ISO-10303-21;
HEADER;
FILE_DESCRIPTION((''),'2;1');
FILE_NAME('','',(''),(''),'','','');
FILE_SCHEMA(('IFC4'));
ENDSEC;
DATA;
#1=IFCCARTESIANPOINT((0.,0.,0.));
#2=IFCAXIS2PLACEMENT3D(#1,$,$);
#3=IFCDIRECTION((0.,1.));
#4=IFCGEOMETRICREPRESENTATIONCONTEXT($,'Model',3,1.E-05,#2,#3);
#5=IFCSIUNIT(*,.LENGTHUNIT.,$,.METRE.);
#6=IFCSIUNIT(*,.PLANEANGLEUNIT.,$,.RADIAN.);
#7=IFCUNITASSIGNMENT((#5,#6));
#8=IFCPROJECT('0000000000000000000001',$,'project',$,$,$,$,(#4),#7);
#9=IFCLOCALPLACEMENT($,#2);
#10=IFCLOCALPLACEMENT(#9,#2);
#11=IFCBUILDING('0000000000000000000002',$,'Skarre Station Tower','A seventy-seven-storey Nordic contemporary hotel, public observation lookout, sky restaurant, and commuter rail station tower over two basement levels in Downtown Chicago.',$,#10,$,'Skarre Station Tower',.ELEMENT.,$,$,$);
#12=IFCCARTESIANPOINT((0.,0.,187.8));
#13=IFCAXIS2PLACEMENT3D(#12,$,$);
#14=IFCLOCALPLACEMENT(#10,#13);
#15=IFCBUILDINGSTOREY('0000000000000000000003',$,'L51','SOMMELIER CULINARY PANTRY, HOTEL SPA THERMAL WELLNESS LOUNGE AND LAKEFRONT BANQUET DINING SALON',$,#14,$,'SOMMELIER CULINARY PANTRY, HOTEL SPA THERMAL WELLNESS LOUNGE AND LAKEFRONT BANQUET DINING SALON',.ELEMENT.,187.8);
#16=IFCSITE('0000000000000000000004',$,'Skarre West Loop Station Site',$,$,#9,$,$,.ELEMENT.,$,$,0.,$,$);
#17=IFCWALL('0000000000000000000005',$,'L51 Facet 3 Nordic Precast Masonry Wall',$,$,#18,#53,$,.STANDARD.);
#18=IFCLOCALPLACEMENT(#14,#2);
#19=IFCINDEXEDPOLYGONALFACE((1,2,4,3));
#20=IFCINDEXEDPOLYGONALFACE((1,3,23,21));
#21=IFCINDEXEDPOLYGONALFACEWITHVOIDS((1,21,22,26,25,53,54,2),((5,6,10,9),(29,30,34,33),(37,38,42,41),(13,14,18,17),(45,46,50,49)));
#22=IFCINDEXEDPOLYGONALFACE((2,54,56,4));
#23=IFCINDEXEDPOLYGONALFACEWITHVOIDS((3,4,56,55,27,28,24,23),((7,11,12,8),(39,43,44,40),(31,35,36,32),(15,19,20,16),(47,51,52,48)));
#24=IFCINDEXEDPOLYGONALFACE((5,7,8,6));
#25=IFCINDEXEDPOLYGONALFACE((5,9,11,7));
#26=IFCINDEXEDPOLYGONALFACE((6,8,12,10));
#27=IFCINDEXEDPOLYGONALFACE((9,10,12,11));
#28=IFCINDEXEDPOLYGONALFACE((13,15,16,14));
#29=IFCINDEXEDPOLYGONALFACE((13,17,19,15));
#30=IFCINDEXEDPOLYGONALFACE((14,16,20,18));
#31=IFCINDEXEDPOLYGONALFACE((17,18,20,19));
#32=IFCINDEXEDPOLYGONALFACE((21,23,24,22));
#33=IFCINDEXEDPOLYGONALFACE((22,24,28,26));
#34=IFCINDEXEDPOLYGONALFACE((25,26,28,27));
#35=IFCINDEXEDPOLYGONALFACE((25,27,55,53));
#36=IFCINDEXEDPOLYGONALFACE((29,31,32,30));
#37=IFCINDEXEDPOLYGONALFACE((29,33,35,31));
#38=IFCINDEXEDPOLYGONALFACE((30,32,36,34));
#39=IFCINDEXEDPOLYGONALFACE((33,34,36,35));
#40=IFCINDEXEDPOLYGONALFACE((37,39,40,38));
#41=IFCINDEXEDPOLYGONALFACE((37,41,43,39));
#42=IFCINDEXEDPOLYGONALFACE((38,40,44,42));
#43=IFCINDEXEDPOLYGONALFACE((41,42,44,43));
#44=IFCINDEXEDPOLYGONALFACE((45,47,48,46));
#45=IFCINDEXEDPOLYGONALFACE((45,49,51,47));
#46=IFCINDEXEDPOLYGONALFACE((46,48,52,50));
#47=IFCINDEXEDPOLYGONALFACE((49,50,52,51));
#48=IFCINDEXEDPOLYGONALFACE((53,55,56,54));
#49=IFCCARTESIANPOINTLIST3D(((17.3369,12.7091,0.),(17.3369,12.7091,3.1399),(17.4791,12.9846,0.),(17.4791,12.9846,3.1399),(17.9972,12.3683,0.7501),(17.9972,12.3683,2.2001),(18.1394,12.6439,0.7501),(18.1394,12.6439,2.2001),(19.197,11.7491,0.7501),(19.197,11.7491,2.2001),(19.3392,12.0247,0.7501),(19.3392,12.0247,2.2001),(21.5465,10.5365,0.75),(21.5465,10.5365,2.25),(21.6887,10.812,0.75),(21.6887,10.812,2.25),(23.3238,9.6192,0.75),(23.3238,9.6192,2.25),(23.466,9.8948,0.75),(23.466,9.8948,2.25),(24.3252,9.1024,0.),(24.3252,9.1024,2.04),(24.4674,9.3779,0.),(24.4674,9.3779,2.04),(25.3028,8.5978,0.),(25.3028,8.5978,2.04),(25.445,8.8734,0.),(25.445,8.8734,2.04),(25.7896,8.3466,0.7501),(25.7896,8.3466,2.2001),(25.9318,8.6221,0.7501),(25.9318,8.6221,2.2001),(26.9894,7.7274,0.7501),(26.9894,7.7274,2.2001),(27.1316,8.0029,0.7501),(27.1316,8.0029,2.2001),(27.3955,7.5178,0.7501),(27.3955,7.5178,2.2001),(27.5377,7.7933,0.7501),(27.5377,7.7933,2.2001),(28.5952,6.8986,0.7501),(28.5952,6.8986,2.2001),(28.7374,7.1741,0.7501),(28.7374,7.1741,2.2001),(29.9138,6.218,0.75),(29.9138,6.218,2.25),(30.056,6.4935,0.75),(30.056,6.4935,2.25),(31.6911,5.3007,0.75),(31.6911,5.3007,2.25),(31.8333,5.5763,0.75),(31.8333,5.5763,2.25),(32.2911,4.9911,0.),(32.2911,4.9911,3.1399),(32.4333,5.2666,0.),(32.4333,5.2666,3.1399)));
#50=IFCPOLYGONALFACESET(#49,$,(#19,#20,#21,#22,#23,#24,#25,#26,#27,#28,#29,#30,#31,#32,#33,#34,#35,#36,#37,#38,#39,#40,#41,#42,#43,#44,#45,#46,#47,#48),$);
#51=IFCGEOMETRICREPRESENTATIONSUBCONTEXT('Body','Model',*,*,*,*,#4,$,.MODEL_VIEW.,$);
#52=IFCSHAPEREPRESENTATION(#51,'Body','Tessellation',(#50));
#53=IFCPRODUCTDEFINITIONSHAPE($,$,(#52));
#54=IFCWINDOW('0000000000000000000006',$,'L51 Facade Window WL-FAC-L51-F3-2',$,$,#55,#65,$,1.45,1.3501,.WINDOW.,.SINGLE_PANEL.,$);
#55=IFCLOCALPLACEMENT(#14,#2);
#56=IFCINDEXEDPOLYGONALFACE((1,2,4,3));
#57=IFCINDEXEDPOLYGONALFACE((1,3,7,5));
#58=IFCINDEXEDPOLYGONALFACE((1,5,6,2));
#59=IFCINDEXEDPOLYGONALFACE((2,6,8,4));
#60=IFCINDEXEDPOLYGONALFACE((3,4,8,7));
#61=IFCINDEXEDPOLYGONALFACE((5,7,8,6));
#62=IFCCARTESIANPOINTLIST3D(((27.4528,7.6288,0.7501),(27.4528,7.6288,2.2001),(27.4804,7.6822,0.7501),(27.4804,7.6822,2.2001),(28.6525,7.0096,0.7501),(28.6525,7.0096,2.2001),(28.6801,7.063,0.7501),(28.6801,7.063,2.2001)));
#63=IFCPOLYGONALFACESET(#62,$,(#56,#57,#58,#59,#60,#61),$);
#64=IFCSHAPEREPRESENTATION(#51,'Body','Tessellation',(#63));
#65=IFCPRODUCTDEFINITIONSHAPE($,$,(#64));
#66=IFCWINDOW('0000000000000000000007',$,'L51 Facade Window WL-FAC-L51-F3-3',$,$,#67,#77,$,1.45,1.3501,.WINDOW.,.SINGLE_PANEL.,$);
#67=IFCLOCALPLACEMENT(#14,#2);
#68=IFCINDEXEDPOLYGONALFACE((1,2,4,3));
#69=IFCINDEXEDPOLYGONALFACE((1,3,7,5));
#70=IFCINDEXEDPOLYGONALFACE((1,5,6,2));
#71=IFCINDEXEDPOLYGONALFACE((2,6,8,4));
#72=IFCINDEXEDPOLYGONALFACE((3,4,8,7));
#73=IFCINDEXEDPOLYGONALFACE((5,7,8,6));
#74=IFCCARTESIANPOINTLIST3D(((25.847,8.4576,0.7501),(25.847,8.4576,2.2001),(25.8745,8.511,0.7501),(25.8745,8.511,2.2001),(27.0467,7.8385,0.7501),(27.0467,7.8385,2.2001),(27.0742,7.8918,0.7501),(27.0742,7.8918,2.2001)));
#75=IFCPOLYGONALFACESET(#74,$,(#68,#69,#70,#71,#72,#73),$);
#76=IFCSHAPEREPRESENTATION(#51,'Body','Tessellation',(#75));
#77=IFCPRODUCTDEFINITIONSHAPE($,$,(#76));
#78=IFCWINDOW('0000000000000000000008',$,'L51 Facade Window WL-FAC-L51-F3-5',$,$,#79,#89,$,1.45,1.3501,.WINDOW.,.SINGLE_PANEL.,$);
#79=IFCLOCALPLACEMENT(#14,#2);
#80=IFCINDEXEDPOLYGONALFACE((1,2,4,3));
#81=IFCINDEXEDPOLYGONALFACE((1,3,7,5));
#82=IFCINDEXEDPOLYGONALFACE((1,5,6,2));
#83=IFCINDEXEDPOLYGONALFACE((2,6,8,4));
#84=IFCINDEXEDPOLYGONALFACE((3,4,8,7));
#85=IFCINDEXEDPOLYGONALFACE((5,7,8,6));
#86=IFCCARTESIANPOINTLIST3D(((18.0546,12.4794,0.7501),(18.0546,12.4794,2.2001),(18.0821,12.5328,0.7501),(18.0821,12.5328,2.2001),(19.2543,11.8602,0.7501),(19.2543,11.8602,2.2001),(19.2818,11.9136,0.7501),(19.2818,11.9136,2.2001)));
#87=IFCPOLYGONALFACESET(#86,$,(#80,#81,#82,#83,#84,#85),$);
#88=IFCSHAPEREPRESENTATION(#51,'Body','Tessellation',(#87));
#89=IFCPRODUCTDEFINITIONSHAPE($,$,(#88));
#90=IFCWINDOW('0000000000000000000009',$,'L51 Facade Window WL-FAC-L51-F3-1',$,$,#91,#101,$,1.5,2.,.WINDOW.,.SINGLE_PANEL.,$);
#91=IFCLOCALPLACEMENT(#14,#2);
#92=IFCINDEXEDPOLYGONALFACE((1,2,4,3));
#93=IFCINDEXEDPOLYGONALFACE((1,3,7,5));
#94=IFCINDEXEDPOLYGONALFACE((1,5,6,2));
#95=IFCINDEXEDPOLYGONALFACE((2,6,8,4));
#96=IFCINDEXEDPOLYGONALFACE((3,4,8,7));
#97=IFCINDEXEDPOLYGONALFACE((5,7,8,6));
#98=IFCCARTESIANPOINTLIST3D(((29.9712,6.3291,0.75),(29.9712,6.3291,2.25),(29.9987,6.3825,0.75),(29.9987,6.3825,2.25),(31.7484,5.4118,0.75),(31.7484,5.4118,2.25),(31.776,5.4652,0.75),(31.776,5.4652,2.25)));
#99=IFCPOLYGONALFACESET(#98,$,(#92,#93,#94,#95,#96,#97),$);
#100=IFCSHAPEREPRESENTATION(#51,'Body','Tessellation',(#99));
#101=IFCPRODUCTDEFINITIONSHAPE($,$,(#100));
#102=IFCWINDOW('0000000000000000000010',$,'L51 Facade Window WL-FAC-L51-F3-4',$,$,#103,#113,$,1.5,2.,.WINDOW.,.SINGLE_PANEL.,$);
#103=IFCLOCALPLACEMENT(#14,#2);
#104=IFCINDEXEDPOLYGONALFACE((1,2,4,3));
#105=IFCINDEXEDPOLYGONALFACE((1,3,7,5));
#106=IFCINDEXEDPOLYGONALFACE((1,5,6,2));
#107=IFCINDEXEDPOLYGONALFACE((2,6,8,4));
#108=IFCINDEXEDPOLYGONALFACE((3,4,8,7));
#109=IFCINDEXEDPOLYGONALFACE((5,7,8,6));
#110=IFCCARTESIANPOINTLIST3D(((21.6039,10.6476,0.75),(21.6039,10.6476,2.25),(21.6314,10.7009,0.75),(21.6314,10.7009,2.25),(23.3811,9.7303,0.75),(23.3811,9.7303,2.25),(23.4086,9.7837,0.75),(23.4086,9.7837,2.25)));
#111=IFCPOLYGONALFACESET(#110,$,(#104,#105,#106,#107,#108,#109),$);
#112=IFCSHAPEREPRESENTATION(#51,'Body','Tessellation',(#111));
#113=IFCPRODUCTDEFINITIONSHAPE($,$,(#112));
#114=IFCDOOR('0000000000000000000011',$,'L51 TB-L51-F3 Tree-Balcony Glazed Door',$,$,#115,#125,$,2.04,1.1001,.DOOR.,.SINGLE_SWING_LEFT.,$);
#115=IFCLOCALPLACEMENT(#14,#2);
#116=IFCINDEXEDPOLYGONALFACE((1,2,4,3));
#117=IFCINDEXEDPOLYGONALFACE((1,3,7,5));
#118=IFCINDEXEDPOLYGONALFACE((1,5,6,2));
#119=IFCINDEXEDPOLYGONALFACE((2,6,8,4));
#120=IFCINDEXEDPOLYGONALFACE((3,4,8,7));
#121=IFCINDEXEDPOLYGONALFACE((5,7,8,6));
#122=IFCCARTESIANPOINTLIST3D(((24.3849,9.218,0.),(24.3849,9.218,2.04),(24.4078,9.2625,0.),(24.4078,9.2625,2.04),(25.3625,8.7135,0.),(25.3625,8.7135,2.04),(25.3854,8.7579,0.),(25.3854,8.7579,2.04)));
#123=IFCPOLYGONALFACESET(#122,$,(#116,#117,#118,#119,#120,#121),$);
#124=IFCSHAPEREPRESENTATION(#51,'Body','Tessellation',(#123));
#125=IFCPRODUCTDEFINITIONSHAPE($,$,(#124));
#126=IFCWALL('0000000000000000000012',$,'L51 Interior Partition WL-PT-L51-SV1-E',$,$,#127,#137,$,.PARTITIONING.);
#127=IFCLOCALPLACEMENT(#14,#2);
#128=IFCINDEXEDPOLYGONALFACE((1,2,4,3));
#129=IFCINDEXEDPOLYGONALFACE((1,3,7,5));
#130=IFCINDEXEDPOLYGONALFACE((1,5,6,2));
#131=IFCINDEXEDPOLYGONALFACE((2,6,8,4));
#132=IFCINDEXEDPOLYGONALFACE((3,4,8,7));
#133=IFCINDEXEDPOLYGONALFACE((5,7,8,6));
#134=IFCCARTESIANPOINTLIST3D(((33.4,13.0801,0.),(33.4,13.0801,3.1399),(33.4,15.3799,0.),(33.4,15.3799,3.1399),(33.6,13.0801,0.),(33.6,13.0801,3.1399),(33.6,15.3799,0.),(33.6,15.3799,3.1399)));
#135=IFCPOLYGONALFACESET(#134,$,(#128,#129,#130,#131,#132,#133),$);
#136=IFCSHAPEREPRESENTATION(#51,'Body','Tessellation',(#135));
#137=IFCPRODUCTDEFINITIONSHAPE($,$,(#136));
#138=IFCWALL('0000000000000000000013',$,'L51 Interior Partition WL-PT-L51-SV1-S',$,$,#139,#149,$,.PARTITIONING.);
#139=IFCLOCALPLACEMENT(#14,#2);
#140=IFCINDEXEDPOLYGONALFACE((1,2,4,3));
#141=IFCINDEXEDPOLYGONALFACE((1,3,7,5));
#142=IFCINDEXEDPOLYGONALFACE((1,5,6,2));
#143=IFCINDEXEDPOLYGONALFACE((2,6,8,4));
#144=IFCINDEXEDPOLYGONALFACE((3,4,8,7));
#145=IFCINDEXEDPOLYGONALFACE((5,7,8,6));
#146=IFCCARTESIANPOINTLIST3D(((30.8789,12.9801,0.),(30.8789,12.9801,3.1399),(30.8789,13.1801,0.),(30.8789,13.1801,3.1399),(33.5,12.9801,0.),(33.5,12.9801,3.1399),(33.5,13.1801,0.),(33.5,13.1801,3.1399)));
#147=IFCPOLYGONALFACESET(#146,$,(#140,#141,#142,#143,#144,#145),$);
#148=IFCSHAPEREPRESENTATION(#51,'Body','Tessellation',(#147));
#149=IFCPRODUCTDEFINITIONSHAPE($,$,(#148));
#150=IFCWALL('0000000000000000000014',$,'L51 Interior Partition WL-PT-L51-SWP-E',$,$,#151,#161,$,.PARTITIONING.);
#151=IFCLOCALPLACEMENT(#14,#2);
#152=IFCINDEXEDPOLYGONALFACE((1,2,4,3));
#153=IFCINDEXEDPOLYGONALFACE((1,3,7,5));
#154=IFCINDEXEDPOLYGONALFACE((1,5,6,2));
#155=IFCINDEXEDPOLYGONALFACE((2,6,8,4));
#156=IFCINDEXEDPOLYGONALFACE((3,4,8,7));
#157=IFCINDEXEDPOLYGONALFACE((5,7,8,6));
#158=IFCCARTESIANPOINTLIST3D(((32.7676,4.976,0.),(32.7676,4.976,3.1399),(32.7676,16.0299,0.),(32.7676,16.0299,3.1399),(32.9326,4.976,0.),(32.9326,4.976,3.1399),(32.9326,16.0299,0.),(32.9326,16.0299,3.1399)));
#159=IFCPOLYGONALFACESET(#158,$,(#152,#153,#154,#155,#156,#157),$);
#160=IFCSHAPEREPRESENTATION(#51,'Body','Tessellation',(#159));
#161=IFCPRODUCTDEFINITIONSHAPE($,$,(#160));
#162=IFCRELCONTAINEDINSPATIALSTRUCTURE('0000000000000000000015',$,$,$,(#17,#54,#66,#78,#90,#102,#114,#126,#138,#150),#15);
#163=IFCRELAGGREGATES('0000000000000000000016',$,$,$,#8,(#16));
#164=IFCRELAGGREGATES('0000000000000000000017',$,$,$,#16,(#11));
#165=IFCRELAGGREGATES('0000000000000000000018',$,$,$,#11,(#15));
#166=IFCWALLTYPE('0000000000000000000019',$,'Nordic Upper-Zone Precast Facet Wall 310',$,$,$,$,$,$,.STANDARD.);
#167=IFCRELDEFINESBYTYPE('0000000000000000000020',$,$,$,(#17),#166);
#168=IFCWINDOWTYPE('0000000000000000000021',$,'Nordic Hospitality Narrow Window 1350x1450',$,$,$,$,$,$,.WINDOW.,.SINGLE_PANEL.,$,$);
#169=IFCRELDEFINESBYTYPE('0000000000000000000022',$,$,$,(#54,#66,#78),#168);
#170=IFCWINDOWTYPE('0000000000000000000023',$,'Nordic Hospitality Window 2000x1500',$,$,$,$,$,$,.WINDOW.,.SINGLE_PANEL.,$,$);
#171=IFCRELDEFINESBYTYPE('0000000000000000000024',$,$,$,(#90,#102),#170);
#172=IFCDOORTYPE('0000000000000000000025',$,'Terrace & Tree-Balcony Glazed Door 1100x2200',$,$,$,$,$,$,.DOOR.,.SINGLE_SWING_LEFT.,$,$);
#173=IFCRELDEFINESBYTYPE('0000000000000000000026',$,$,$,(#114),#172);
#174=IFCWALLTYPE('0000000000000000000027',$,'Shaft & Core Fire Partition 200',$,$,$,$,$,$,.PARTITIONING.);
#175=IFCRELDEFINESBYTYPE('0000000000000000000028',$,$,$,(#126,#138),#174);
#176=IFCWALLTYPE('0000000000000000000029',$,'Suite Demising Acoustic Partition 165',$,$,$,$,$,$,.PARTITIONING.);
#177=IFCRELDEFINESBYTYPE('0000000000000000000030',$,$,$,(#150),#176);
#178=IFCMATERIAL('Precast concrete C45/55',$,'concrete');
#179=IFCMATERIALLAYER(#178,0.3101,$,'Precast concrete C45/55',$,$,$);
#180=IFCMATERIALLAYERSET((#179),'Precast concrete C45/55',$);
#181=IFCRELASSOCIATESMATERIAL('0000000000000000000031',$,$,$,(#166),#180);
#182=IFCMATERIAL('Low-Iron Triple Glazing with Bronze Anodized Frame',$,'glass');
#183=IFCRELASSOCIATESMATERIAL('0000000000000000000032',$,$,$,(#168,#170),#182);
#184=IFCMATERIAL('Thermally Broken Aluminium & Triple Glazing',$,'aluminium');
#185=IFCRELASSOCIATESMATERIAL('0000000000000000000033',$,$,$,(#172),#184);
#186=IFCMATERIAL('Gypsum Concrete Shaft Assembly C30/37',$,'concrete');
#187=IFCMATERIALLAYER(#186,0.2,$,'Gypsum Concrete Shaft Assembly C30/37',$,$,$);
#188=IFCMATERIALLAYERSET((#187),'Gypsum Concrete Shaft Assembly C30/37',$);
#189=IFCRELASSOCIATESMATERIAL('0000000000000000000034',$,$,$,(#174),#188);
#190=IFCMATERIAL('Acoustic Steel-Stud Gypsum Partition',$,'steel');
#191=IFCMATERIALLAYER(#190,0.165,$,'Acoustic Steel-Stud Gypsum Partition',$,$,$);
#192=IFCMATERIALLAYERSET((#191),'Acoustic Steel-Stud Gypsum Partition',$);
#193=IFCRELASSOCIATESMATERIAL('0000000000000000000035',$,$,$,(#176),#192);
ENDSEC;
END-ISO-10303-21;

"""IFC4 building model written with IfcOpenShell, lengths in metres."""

from ifc_helpers import new_model, si_unit, direction, frame, frame_2d, origin, place, context, subcontext, project, spatial, rectangle, extrude, material, layer, layer_set, type_object, element, fill, save


model = new_model("IFC4")

# Units and contexts
model_context = context("Model", 3, precision=1e-05, world=origin(), true_north=direction((0.0, 1.0)))
body_context = subcontext(model_context, "Body", "Model", "MODEL_VIEW")
ifc_project = project(units=[si_unit("LENGTHUNIT", "METRE"), si_unit("PLANEANGLEUNIT", "RADIAN")], contexts=[model_context])

# Site, building, storey
site_placement = place(None, origin())
site = spatial("IfcSite", under=ifc_project, at=site_placement, Name="Skarre West Loop Station Site", CompositionType="ELEMENT", RefElevation=0.0)
building_placement = place(site_placement, origin())
building = spatial("IfcBuilding", under=site, at=building_placement, Name="Skarre Station Tower", Description="A seventy-seven-storey Nordic contemporary hotel, public observation lookout, sky restaurant, and commuter rail station tower over two basement levels in Downtown Chicago.", LongName="Skarre Station Tower", CompositionType="ELEMENT")
storey_placement = place(building_placement, frame((0.0, 0.0, 187.8)))
storey = spatial("IfcBuildingStorey", under=building, at=storey_placement, Name="L51", Description="SOMMELIER CULINARY PANTRY, HOTEL SPA THERMAL WELLNESS LOUNGE AND LAKEFRONT BANQUET DINING SALON", LongName="SOMMELIER CULINARY PANTRY, HOTEL SPA THERMAL WELLNESS LOUNGE AND LAKEFRONT BANQUET DINING SALON", CompositionType="ELEMENT", Elevation=187.8)

# Shared definitions
ifc_material_1 = material(Name="Precast concrete C45/55", Category="concrete")

# Wall, openings, windows, door
ifc_layer_1 = layer(ifc_material_1, 0.3101, Name="Precast concrete C45/55")
ifc_layer_set_1 = layer_set([ifc_layer_1], Name="Precast concrete C45/55")
wall_type_1 = type_object("IfcWallType", Name="Nordic Upper-Zone Precast Facet Wall 310", PredefinedType="STANDARD", material=ifc_layer_set_1)
wall_1_placement = place(storey_placement, frame((32.3621, 5.1289, 0.0), z_axis=(0.0, 0.0, 1.0), x_axis=(-0.888626, 0.458632, 0.0)))
wall_1 = element("IfcWall", 1, at=wall_1_placement, inside=storey, type_object=wall_type_1, Name="L51 Facet 3 Nordic Precast Masonry Wall", PredefinedType="STANDARD", context=body_context, shape_type="SweptSolid", body=[
    extrude(rectangle(XDim=16.8284, YDim=0.3101, at=frame_2d((8.4141, 0.0))), origin(), (0.0, 0.0, 1.0), 3.1399),
])
opening_1_placement = place(wall_1_placement, frame((7.864, 0.0, 0.0)))
opening_1 = element("IfcOpeningElement", 2, at=opening_1_placement, cuts=wall_1, PredefinedType="OPENING", context=body_context, shape_type="SweptSolid", body=[
    extrude(rectangle(XDim=1.1001, YDim=2.04, at=frame_2d((0.55, 1.02))), frame((0.0, 0.165, 0.0), z_axis=(0.0, -1.0, 0.0), x_axis=(1.0, 0.0, 0.0)), (0.0, 0.0, 1.0), 0.3301),
])
opening_2_placement = place(wall_1_placement, frame((0.675, 0.0, 0.75)))
opening_2 = element("IfcOpeningElement", 3, at=opening_2_placement, cuts=wall_1, PredefinedType="OPENING", context=body_context, shape_type="SweptSolid", body=[
    extrude(rectangle(XDim=2.0, YDim=1.5, at=frame_2d((1.0, 0.75))), frame((0.0, 0.165, 0.0), z_axis=(0.0, -1.0, 0.0), x_axis=(1.0, 0.0, 0.0)), (0.0, 0.0, 1.0), 0.3301),
])
opening_3_placement = place(wall_1_placement, frame((4.1589, 0.0, 0.75)))
opening_3 = element("IfcOpeningElement", 4, at=opening_3_placement, cuts=wall_1, PredefinedType="OPENING", context=body_context, shape_type="SweptSolid", body=[
    extrude(rectangle(XDim=1.3501, YDim=1.45, at=frame_2d((0.675, 0.7251))), frame((0.0, 0.165, 0.0), z_axis=(0.0, -1.0, 0.0), x_axis=(1.0, 0.0, 0.0)), (0.0, 0.0, 1.0), 0.3301),
])
opening_4_placement = place(wall_1_placement, frame((5.9661, 0.0, 0.75)))
opening_4 = element("IfcOpeningElement", 5, at=opening_4_placement, cuts=wall_1, PredefinedType="OPENING", context=body_context, shape_type="SweptSolid", body=[
    extrude(rectangle(XDim=1.3501, YDim=1.45, at=frame_2d((0.675, 0.7251))), frame((0.0, 0.165, 0.0), z_axis=(0.0, -1.0, 0.0), x_axis=(1.0, 0.0, 0.0)), (0.0, 0.0, 1.0), 0.3301),
])
opening_5_placement = place(wall_1_placement, frame((10.0911, 0.0, 0.75)))
opening_5 = element("IfcOpeningElement", 6, at=opening_5_placement, cuts=wall_1, PredefinedType="OPENING", context=body_context, shape_type="SweptSolid", body=[
    extrude(rectangle(XDim=2.0, YDim=1.5, at=frame_2d((1.0, 0.75))), frame((0.0, 0.165, 0.0), z_axis=(0.0, -1.0, 0.0), x_axis=(1.0, 0.0, 0.0)), (0.0, 0.0, 1.0), 0.3301),
])
opening_6_placement = place(wall_1_placement, frame((14.7351, 0.0, 0.75)))
opening_6 = element("IfcOpeningElement", 7, at=opening_6_placement, cuts=wall_1, PredefinedType="OPENING", context=body_context, shape_type="SweptSolid", body=[
    extrude(rectangle(XDim=1.3501, YDim=1.45, at=frame_2d((0.675, 0.7251))), frame((0.0, 0.165, 0.0), z_axis=(0.0, -1.0, 0.0), x_axis=(1.0, 0.0, 0.0)), (0.0, 0.0, 1.0), 0.3301),
])
ifc_material_2 = material(Name="Low-Iron Triple Glazing with Bronze Anodized Frame", Category="glass")
window_type_1 = type_object("IfcWindowType", Name="Nordic Hospitality Narrow Window 1350x1450", PartitioningType="SINGLE_PANEL", PredefinedType="WINDOW", material=ifc_material_2)
window_1_placement = place(opening_3_placement, origin())
window_1 = element("IfcWindow", 8, at=window_1_placement, inside=storey, type_object=window_type_1, Name="L51 Facade Window WL-FAC-L51-F3-2", OverallHeight=1.45, OverallWidth=1.3501, PartitioningType="SINGLE_PANEL", PredefinedType="WINDOW", context=body_context, shape_type="SweptSolid", body=[
    extrude(rectangle(XDim=1.3501, YDim=1.45, at=frame_2d((0.675, 0.7251))), frame((0.0, 0.03, 0.0), z_axis=(0.0, -1.0, 0.0), x_axis=(1.0, 0.0, 0.0)), (0.0, 0.0, 1.0), 0.0601),
])
fill(opening_3, window_1)
window_2_placement = place(opening_4_placement, origin())
window_2 = element("IfcWindow", 9, at=window_2_placement, inside=storey, type_object=window_type_1, Name="L51 Facade Window WL-FAC-L51-F3-3", OverallHeight=1.45, OverallWidth=1.3501, PartitioningType="SINGLE_PANEL", PredefinedType="WINDOW", context=body_context, shape_type="SweptSolid", body=[
    extrude(rectangle(XDim=1.3501, YDim=1.45, at=frame_2d((0.675, 0.7251))), frame((0.0, 0.03, 0.0), z_axis=(0.0, -1.0, 0.0), x_axis=(1.0, 0.0, 0.0)), (0.0, 0.0, 1.0), 0.0601),
])
fill(opening_4, window_2)
window_3_placement = place(opening_6_placement, origin())
window_3 = element("IfcWindow", 10, at=window_3_placement, inside=storey, type_object=window_type_1, Name="L51 Facade Window WL-FAC-L51-F3-5", OverallHeight=1.45, OverallWidth=1.3501, PartitioningType="SINGLE_PANEL", PredefinedType="WINDOW", context=body_context, shape_type="SweptSolid", body=[
    extrude(rectangle(XDim=1.3501, YDim=1.45, at=frame_2d((0.675, 0.7251))), frame((0.0, 0.03, 0.0), z_axis=(0.0, -1.0, 0.0), x_axis=(1.0, 0.0, 0.0)), (0.0, 0.0, 1.0), 0.0601),
])
fill(opening_6, window_3)
window_type_2 = type_object("IfcWindowType", Name="Nordic Hospitality Window 2000x1500", PartitioningType="SINGLE_PANEL", PredefinedType="WINDOW", material=ifc_material_2)
window_4_placement = place(opening_2_placement, origin())
window_4 = element("IfcWindow", 11, at=window_4_placement, inside=storey, type_object=window_type_2, Name="L51 Facade Window WL-FAC-L51-F3-1", OverallHeight=1.5, OverallWidth=2.0, PartitioningType="SINGLE_PANEL", PredefinedType="WINDOW", context=body_context, shape_type="SweptSolid", body=[
    extrude(rectangle(XDim=2.0, YDim=1.5, at=frame_2d((1.0, 0.75))), frame((0.0, 0.03, 0.0), z_axis=(0.0, -1.0, 0.0), x_axis=(1.0, 0.0, 0.0)), (0.0, 0.0, 1.0), 0.0601),
])
fill(opening_2, window_4)
window_5_placement = place(opening_5_placement, origin())
window_5 = element("IfcWindow", 12, at=window_5_placement, inside=storey, type_object=window_type_2, Name="L51 Facade Window WL-FAC-L51-F3-4", OverallHeight=1.5, OverallWidth=2.0, PartitioningType="SINGLE_PANEL", PredefinedType="WINDOW", context=body_context, shape_type="SweptSolid", body=[
    extrude(rectangle(XDim=2.0, YDim=1.5, at=frame_2d((1.0, 0.75))), frame((0.0, 0.03, 0.0), z_axis=(0.0, -1.0, 0.0), x_axis=(1.0, 0.0, 0.0)), (0.0, 0.0, 1.0), 0.0601),
])
fill(opening_5, window_5)
ifc_material_3 = material(Name="Thermally Broken Aluminium & Triple Glazing", Category="aluminium")
door_type = type_object("IfcDoorType", Name="Terrace & Tree-Balcony Glazed Door 1100x2200", OperationType="SINGLE_SWING_LEFT", PredefinedType="DOOR", material=ifc_material_3)
door_placement = place(opening_1_placement, origin())
door = element("IfcDoor", 13, at=door_placement, inside=storey, type_object=door_type, Name="L51 TB-L51-F3 Tree-Balcony Glazed Door", OperationType="SINGLE_SWING_LEFT", OverallHeight=2.04, OverallWidth=1.1001, PredefinedType="DOOR", context=body_context, shape_type="SweptSolid", body=[
    extrude(rectangle(XDim=1.1001, YDim=2.04, at=frame_2d((0.55, 1.02))), frame((0.0, 0.0249, 0.0), z_axis=(0.0, -1.0, 0.0), x_axis=(1.0, 0.0, 0.0)), (0.0, 0.0, 1.0), 0.05),
])
fill(opening_1, door)

# Walls
ifc_material_4 = material(Name="Gypsum Concrete Shaft Assembly C30/37", Category="concrete")
ifc_layer_2 = layer(ifc_material_4, 0.2, Name="Gypsum Concrete Shaft Assembly C30/37")
ifc_layer_set_2 = layer_set([ifc_layer_2], Name="Gypsum Concrete Shaft Assembly C30/37")
wall_type_2 = type_object("IfcWallType", Name="Shaft & Core Fire Partition 200", PredefinedType="PARTITIONING", material=ifc_layer_set_2)
wall_2_placement = place(storey_placement, frame((33.5, 13.0801, 0.0), z_axis=(0.0, 0.0, 1.0), x_axis=(0.0, 1.0, 0.0)))
element("IfcWall", 14, at=wall_2_placement, inside=storey, type_object=wall_type_2, Name="L51 Interior Partition WL-PT-L51-SV1-E", PredefinedType="PARTITIONING", context=body_context, shape_type="SweptSolid", body=[
    extrude(rectangle(XDim=2.2998, YDim=0.2, at=frame_2d((1.1499, 0.0))), origin(), (0.0, 0.0, 1.0), 3.1399),
])
wall_3_placement = place(storey_placement, frame((30.8789, 13.0801, 0.0), z_axis=(0.0, 0.0, 1.0), x_axis=(1.0, 0.0, 0.0)))
element("IfcWall", 15, at=wall_3_placement, inside=storey, type_object=wall_type_2, Name="L51 Interior Partition WL-PT-L51-SV1-S", PredefinedType="PARTITIONING", context=body_context, shape_type="SweptSolid", body=[
    extrude(rectangle(XDim=2.6211, YDim=0.2, at=frame_2d((1.3105, 0.0))), origin(), (0.0, 0.0, 1.0), 3.1399),
])
ifc_material_5 = material(Name="Acoustic Steel-Stud Gypsum Partition", Category="steel")
ifc_layer_3 = layer(ifc_material_5, 0.165, Name="Acoustic Steel-Stud Gypsum Partition")
ifc_layer_set_3 = layer_set([ifc_layer_3], Name="Acoustic Steel-Stud Gypsum Partition")
wall_type_3 = type_object("IfcWallType", Name="Suite Demising Acoustic Partition 165", PredefinedType="PARTITIONING", material=ifc_layer_set_3)
wall_4_placement = place(storey_placement, frame((32.8501, 4.9761, 0.0), z_axis=(0.0, 0.0, 1.0), x_axis=(0.0, 1.0, 0.0)))
element("IfcWall", 16, at=wall_4_placement, inside=storey, type_object=wall_type_3, Name="L51 Interior Partition WL-PT-L51-SWP-E", PredefinedType="PARTITIONING", context=body_context, shape_type="SweptSolid", body=[
    extrude(rectangle(XDim=11.054, YDim=0.165, at=frame_2d((5.5269, 0.0))), origin(), (0.0, 0.0, 1.0), 3.1399),
])

save(model, "model.ifc")
